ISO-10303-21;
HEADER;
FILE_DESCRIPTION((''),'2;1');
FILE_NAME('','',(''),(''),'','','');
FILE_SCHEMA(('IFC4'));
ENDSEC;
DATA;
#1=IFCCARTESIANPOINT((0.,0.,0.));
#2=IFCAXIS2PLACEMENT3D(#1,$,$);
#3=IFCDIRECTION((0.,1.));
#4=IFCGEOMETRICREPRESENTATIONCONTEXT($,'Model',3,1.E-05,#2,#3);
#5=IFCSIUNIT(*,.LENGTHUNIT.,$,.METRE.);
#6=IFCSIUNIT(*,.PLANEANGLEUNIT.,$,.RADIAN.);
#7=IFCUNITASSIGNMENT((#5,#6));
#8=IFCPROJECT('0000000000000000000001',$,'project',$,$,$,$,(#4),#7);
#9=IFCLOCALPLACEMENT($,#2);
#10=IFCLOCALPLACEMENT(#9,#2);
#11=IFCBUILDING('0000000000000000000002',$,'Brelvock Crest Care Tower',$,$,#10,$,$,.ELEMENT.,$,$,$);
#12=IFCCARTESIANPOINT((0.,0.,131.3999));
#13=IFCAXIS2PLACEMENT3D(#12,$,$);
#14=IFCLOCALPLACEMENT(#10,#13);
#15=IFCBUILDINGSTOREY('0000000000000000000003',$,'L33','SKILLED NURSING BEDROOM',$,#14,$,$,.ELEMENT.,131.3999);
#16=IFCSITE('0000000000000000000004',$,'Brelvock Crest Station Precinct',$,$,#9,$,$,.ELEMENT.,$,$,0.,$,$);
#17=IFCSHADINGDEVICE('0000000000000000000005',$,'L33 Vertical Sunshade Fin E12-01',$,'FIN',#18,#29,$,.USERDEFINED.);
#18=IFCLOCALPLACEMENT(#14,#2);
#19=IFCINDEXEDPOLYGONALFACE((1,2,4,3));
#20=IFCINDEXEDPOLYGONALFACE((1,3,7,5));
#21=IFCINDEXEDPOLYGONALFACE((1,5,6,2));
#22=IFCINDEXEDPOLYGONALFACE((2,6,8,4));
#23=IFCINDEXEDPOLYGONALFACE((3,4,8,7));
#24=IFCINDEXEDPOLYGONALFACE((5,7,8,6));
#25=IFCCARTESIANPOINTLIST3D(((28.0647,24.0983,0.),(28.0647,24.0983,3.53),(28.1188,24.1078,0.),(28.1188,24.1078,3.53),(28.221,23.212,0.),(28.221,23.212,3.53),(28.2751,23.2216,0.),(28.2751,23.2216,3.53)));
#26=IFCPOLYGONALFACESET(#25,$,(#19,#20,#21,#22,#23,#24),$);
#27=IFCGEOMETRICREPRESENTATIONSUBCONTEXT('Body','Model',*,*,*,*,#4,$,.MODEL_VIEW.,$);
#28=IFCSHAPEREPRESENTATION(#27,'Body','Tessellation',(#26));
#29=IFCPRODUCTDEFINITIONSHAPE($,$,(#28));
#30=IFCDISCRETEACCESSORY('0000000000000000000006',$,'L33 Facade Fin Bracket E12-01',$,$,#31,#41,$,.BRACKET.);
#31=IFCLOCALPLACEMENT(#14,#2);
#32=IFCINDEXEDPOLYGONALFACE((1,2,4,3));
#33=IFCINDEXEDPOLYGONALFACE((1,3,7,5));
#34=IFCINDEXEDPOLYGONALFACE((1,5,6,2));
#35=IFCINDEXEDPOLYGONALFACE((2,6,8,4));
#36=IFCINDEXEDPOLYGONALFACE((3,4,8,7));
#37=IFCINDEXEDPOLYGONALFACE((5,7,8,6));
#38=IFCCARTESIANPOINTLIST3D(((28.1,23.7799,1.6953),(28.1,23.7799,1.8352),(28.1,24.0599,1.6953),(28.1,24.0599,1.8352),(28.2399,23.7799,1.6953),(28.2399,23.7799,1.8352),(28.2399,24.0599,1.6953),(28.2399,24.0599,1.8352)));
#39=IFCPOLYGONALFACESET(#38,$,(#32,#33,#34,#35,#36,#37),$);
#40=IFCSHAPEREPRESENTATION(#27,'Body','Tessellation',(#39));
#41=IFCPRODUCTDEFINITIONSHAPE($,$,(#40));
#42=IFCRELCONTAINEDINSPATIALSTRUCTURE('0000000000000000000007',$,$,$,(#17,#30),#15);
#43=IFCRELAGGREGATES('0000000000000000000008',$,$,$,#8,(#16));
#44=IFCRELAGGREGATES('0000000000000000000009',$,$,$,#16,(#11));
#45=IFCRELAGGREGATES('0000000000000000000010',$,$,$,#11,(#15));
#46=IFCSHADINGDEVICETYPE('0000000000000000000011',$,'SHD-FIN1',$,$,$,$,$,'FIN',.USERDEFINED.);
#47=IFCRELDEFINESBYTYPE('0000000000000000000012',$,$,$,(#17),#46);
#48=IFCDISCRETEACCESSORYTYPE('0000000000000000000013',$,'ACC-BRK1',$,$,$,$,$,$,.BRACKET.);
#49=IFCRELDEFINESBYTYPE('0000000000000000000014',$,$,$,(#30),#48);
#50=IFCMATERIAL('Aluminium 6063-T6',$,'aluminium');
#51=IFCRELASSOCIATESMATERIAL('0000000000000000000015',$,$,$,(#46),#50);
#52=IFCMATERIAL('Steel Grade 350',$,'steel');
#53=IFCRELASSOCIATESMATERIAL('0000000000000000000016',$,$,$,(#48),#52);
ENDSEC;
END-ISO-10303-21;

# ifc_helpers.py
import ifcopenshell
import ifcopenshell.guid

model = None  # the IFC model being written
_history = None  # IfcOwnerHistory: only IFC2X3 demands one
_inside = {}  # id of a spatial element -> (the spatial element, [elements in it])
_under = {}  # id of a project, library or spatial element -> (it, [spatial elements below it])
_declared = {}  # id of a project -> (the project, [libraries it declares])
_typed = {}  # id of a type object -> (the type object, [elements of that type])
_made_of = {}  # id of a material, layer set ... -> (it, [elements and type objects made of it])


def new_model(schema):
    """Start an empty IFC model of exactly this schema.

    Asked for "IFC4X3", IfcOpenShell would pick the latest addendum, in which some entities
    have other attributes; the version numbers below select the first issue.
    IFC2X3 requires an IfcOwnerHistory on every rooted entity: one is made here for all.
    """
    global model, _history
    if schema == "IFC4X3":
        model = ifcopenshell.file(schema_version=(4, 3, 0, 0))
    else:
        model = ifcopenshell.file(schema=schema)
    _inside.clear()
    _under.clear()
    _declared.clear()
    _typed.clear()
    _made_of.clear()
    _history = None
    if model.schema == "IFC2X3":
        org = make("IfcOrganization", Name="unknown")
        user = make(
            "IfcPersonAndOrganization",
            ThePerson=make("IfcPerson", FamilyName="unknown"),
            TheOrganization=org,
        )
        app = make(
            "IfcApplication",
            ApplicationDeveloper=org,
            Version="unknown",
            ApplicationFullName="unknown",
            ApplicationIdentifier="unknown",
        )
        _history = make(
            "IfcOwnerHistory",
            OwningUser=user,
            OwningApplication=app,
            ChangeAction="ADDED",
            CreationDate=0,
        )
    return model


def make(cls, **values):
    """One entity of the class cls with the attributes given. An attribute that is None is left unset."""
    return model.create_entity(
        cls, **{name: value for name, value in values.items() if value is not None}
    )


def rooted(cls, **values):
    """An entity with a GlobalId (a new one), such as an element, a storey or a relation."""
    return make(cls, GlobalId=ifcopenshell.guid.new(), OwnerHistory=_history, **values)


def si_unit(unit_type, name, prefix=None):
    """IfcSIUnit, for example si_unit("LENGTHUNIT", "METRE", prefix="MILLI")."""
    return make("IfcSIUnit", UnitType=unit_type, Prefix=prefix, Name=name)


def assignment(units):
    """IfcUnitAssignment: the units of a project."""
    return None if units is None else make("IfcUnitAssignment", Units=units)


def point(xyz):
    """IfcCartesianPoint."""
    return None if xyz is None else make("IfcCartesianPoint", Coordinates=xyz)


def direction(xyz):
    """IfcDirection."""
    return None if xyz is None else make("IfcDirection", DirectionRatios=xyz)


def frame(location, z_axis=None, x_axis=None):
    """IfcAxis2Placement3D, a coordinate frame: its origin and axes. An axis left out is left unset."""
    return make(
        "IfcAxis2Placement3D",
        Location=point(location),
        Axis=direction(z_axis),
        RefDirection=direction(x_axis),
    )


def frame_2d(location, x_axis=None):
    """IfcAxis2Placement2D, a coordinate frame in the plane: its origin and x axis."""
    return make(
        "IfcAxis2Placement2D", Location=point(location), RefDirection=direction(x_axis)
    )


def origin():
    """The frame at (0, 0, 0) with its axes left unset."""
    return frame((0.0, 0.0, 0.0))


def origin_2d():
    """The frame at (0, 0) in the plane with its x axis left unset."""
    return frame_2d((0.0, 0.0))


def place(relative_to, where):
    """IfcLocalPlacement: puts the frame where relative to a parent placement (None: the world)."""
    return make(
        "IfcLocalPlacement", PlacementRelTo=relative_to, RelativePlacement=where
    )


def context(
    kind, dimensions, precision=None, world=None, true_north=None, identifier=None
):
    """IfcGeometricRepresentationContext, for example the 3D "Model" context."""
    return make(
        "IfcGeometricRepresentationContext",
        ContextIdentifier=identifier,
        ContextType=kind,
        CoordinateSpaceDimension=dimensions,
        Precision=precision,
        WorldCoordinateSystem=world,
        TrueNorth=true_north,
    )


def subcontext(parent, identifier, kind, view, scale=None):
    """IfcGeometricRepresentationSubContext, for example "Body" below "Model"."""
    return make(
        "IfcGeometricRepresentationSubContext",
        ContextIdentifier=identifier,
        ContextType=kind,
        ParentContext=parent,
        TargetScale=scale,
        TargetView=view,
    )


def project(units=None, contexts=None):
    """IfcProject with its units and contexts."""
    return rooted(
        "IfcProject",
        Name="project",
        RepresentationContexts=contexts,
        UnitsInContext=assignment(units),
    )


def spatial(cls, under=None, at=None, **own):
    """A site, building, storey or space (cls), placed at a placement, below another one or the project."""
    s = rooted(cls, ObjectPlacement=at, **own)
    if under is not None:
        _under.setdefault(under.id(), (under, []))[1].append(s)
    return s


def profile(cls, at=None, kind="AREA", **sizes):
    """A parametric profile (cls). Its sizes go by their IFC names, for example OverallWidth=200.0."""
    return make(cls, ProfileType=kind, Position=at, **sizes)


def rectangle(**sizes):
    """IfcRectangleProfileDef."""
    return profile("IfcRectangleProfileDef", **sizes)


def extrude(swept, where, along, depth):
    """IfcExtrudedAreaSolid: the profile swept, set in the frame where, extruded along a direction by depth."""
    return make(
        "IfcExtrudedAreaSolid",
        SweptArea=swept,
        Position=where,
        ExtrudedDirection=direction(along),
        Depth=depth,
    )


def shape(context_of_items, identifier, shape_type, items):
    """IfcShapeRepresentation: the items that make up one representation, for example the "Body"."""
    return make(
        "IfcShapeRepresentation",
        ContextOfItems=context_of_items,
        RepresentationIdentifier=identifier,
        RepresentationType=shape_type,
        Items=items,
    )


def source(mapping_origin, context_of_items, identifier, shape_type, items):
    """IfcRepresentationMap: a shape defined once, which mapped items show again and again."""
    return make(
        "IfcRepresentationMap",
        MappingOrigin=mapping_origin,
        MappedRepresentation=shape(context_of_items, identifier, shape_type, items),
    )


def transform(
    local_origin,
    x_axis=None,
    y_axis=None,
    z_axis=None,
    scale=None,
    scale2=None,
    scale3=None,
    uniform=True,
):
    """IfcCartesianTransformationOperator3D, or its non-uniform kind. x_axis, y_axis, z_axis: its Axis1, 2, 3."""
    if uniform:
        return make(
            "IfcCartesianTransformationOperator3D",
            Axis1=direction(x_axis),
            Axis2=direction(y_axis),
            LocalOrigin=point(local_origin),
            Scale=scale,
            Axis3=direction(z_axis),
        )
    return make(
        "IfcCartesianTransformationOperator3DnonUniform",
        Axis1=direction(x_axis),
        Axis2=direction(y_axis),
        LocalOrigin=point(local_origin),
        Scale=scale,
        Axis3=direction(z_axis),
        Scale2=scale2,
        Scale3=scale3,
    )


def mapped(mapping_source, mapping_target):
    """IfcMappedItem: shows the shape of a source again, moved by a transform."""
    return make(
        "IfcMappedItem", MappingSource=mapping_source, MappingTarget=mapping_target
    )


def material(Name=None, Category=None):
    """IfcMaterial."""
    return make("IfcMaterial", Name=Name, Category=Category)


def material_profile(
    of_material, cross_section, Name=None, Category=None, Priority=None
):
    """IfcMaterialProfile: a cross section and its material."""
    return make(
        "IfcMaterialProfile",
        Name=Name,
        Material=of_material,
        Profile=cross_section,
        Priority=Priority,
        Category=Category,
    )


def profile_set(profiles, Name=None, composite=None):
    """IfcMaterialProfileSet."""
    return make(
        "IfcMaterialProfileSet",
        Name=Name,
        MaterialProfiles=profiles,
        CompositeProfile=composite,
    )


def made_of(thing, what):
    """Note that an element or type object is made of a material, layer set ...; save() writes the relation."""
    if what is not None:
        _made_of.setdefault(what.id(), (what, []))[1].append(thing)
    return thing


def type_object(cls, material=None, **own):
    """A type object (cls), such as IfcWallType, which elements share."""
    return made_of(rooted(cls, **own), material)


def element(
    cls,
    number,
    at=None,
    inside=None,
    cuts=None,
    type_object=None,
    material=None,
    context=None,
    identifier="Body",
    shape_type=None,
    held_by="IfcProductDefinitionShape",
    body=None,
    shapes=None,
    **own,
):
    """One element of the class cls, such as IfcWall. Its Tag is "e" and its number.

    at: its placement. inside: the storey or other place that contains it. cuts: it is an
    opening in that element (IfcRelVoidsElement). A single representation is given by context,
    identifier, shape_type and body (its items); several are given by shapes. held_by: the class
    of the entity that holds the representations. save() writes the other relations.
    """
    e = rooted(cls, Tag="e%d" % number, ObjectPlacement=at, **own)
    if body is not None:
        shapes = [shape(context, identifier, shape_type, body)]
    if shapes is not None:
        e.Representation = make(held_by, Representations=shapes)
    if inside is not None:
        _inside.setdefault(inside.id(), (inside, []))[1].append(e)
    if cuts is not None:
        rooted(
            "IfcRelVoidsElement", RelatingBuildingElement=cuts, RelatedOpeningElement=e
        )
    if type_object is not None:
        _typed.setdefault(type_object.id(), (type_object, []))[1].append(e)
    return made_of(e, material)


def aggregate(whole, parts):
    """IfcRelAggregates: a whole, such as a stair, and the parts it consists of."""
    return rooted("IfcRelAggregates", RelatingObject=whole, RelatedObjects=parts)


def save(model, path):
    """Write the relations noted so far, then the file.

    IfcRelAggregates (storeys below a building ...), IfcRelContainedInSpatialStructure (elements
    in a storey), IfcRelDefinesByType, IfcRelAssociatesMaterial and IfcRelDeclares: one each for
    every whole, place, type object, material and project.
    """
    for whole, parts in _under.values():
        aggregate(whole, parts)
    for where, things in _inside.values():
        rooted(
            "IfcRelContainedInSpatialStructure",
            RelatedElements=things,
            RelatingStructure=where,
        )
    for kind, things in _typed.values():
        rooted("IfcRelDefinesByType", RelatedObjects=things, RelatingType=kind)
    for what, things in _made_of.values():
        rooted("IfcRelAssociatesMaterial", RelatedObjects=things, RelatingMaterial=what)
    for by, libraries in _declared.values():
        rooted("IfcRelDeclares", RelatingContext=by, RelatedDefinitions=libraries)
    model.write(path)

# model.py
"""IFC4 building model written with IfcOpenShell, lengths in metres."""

from ifc_helpers import new_model, si_unit, direction, frame, origin, origin_2d, place, context, subcontext, project, spatial, rectangle, extrude, source, transform, mapped, material, material_profile, profile_set, type_object, element, save


model = new_model("IFC4")

# Units and contexts
model_context = context("Model", 3, precision=1e-05, world=origin(), true_north=direction((0.0, 1.0)))
body_context = subcontext(model_context, "Body", "Model", "MODEL_VIEW")
ifc_project = project(units=[si_unit("LENGTHUNIT", "METRE"), si_unit("PLANEANGLEUNIT", "RADIAN")], contexts=[model_context])

# Site, building, storey
site_placement = place(None, origin())
site = spatial("IfcSite", under=ifc_project, at=site_placement, Name="Brelvock Crest Station Precinct", CompositionType="ELEMENT", RefElevation=0.0)
building_placement = place(site_placement, origin())
building = spatial("IfcBuilding", under=site, at=building_placement, Name="Brelvock Crest Care Tower", CompositionType="ELEMENT")
storey_placement = place(building_placement, frame((0.0, 0.0, 131.3999)))
storey = spatial("IfcBuildingStorey", under=building, at=storey_placement, Name="L33", Description="SKILLED NURSING BEDROOM", CompositionType="ELEMENT", Elevation=131.3999)

# Shared definitions
ifc_material_1 = material(Name="Steel Grade 350", Category="steel")

# Shared definitions
ifc_material_2 = material(Name="Aluminium 6063-T6", Category="aluminium")

# Shading device
ifc_material_profile_1 = material_profile(ifc_material_2, rectangle(XDim=0.0549, YDim=0.8999, at=origin_2d()), Name="FIN55x900")
ifc_profile_set_1 = profile_set([ifc_material_profile_1], Name="Aluminium 6063-T6")
shading_device_type = type_object("IfcShadingDeviceType", Name="SHD-FIN1", ElementType="FIN", PredefinedType="USERDEFINED", material=ifc_profile_set_1)
shared_shape_1 = source(origin(), body_context, "Body", "SweptSolid", [
    extrude(rectangle(XDim=0.0549, YDim=0.8999, at=origin_2d()), origin(), (0.0, 0.0, 1.0), 3.53),
])
shading_device_placement = place(storey_placement, frame((28.1699, 23.6599, 0.0), z_axis=(0.0, 0.0, 1.0), x_axis=(-0.984808, -0.173648, 0.0)))
element("IfcShadingDevice", 1, at=shading_device_placement, inside=storey, type_object=shading_device_type, Name="L33 Vertical Sunshade Fin E12-01", ObjectType="FIN", PredefinedType="USERDEFINED", context=body_context, shape_type="MappedRepresentation", body=[
    mapped(shared_shape_1, transform((0.0, 0.0, 0.0), x_axis=(1.0, 0.0, 0.0), y_axis=(0.0, 1.0, 0.0), z_axis=(0.0, 0.0, 1.0), scale=1.0)),
])

# Discrete accessory
discrete_accessory_type = type_object("IfcDiscreteAccessoryType", Name="ACC-BRK1", PredefinedType="BRACKET", material=ifc_material_1)
shared_shape_2 = source(origin(), body_context, "Body", "SweptSolid", [
    extrude(rectangle(XDim=0.28, YDim=0.1399, at=origin_2d()), origin(), (0.0, 0.0, 1.0), 0.1399),
])
discrete_accessory_placement = place(storey_placement, frame((28.1699, 23.9199, 1.6953), z_axis=(0.0, 0.0, 1.0), x_axis=(0.0, -1.0, 0.0)))
element("IfcDiscreteAccessory", 2, at=discrete_accessory_placement, inside=storey, type_object=discrete_accessory_type, Name="L33 Facade Fin Bracket E12-01", PredefinedType="BRACKET", context=body_context, shape_type="MappedRepresentation", body=[
    mapped(shared_shape_2, transform((0.0, 0.0, 0.0), x_axis=(1.0, 0.0, 0.0), y_axis=(0.0, 1.0, 0.0), z_axis=(0.0, 0.0, 1.0), scale=1.0)),
])

save(model, "model.ifc")
